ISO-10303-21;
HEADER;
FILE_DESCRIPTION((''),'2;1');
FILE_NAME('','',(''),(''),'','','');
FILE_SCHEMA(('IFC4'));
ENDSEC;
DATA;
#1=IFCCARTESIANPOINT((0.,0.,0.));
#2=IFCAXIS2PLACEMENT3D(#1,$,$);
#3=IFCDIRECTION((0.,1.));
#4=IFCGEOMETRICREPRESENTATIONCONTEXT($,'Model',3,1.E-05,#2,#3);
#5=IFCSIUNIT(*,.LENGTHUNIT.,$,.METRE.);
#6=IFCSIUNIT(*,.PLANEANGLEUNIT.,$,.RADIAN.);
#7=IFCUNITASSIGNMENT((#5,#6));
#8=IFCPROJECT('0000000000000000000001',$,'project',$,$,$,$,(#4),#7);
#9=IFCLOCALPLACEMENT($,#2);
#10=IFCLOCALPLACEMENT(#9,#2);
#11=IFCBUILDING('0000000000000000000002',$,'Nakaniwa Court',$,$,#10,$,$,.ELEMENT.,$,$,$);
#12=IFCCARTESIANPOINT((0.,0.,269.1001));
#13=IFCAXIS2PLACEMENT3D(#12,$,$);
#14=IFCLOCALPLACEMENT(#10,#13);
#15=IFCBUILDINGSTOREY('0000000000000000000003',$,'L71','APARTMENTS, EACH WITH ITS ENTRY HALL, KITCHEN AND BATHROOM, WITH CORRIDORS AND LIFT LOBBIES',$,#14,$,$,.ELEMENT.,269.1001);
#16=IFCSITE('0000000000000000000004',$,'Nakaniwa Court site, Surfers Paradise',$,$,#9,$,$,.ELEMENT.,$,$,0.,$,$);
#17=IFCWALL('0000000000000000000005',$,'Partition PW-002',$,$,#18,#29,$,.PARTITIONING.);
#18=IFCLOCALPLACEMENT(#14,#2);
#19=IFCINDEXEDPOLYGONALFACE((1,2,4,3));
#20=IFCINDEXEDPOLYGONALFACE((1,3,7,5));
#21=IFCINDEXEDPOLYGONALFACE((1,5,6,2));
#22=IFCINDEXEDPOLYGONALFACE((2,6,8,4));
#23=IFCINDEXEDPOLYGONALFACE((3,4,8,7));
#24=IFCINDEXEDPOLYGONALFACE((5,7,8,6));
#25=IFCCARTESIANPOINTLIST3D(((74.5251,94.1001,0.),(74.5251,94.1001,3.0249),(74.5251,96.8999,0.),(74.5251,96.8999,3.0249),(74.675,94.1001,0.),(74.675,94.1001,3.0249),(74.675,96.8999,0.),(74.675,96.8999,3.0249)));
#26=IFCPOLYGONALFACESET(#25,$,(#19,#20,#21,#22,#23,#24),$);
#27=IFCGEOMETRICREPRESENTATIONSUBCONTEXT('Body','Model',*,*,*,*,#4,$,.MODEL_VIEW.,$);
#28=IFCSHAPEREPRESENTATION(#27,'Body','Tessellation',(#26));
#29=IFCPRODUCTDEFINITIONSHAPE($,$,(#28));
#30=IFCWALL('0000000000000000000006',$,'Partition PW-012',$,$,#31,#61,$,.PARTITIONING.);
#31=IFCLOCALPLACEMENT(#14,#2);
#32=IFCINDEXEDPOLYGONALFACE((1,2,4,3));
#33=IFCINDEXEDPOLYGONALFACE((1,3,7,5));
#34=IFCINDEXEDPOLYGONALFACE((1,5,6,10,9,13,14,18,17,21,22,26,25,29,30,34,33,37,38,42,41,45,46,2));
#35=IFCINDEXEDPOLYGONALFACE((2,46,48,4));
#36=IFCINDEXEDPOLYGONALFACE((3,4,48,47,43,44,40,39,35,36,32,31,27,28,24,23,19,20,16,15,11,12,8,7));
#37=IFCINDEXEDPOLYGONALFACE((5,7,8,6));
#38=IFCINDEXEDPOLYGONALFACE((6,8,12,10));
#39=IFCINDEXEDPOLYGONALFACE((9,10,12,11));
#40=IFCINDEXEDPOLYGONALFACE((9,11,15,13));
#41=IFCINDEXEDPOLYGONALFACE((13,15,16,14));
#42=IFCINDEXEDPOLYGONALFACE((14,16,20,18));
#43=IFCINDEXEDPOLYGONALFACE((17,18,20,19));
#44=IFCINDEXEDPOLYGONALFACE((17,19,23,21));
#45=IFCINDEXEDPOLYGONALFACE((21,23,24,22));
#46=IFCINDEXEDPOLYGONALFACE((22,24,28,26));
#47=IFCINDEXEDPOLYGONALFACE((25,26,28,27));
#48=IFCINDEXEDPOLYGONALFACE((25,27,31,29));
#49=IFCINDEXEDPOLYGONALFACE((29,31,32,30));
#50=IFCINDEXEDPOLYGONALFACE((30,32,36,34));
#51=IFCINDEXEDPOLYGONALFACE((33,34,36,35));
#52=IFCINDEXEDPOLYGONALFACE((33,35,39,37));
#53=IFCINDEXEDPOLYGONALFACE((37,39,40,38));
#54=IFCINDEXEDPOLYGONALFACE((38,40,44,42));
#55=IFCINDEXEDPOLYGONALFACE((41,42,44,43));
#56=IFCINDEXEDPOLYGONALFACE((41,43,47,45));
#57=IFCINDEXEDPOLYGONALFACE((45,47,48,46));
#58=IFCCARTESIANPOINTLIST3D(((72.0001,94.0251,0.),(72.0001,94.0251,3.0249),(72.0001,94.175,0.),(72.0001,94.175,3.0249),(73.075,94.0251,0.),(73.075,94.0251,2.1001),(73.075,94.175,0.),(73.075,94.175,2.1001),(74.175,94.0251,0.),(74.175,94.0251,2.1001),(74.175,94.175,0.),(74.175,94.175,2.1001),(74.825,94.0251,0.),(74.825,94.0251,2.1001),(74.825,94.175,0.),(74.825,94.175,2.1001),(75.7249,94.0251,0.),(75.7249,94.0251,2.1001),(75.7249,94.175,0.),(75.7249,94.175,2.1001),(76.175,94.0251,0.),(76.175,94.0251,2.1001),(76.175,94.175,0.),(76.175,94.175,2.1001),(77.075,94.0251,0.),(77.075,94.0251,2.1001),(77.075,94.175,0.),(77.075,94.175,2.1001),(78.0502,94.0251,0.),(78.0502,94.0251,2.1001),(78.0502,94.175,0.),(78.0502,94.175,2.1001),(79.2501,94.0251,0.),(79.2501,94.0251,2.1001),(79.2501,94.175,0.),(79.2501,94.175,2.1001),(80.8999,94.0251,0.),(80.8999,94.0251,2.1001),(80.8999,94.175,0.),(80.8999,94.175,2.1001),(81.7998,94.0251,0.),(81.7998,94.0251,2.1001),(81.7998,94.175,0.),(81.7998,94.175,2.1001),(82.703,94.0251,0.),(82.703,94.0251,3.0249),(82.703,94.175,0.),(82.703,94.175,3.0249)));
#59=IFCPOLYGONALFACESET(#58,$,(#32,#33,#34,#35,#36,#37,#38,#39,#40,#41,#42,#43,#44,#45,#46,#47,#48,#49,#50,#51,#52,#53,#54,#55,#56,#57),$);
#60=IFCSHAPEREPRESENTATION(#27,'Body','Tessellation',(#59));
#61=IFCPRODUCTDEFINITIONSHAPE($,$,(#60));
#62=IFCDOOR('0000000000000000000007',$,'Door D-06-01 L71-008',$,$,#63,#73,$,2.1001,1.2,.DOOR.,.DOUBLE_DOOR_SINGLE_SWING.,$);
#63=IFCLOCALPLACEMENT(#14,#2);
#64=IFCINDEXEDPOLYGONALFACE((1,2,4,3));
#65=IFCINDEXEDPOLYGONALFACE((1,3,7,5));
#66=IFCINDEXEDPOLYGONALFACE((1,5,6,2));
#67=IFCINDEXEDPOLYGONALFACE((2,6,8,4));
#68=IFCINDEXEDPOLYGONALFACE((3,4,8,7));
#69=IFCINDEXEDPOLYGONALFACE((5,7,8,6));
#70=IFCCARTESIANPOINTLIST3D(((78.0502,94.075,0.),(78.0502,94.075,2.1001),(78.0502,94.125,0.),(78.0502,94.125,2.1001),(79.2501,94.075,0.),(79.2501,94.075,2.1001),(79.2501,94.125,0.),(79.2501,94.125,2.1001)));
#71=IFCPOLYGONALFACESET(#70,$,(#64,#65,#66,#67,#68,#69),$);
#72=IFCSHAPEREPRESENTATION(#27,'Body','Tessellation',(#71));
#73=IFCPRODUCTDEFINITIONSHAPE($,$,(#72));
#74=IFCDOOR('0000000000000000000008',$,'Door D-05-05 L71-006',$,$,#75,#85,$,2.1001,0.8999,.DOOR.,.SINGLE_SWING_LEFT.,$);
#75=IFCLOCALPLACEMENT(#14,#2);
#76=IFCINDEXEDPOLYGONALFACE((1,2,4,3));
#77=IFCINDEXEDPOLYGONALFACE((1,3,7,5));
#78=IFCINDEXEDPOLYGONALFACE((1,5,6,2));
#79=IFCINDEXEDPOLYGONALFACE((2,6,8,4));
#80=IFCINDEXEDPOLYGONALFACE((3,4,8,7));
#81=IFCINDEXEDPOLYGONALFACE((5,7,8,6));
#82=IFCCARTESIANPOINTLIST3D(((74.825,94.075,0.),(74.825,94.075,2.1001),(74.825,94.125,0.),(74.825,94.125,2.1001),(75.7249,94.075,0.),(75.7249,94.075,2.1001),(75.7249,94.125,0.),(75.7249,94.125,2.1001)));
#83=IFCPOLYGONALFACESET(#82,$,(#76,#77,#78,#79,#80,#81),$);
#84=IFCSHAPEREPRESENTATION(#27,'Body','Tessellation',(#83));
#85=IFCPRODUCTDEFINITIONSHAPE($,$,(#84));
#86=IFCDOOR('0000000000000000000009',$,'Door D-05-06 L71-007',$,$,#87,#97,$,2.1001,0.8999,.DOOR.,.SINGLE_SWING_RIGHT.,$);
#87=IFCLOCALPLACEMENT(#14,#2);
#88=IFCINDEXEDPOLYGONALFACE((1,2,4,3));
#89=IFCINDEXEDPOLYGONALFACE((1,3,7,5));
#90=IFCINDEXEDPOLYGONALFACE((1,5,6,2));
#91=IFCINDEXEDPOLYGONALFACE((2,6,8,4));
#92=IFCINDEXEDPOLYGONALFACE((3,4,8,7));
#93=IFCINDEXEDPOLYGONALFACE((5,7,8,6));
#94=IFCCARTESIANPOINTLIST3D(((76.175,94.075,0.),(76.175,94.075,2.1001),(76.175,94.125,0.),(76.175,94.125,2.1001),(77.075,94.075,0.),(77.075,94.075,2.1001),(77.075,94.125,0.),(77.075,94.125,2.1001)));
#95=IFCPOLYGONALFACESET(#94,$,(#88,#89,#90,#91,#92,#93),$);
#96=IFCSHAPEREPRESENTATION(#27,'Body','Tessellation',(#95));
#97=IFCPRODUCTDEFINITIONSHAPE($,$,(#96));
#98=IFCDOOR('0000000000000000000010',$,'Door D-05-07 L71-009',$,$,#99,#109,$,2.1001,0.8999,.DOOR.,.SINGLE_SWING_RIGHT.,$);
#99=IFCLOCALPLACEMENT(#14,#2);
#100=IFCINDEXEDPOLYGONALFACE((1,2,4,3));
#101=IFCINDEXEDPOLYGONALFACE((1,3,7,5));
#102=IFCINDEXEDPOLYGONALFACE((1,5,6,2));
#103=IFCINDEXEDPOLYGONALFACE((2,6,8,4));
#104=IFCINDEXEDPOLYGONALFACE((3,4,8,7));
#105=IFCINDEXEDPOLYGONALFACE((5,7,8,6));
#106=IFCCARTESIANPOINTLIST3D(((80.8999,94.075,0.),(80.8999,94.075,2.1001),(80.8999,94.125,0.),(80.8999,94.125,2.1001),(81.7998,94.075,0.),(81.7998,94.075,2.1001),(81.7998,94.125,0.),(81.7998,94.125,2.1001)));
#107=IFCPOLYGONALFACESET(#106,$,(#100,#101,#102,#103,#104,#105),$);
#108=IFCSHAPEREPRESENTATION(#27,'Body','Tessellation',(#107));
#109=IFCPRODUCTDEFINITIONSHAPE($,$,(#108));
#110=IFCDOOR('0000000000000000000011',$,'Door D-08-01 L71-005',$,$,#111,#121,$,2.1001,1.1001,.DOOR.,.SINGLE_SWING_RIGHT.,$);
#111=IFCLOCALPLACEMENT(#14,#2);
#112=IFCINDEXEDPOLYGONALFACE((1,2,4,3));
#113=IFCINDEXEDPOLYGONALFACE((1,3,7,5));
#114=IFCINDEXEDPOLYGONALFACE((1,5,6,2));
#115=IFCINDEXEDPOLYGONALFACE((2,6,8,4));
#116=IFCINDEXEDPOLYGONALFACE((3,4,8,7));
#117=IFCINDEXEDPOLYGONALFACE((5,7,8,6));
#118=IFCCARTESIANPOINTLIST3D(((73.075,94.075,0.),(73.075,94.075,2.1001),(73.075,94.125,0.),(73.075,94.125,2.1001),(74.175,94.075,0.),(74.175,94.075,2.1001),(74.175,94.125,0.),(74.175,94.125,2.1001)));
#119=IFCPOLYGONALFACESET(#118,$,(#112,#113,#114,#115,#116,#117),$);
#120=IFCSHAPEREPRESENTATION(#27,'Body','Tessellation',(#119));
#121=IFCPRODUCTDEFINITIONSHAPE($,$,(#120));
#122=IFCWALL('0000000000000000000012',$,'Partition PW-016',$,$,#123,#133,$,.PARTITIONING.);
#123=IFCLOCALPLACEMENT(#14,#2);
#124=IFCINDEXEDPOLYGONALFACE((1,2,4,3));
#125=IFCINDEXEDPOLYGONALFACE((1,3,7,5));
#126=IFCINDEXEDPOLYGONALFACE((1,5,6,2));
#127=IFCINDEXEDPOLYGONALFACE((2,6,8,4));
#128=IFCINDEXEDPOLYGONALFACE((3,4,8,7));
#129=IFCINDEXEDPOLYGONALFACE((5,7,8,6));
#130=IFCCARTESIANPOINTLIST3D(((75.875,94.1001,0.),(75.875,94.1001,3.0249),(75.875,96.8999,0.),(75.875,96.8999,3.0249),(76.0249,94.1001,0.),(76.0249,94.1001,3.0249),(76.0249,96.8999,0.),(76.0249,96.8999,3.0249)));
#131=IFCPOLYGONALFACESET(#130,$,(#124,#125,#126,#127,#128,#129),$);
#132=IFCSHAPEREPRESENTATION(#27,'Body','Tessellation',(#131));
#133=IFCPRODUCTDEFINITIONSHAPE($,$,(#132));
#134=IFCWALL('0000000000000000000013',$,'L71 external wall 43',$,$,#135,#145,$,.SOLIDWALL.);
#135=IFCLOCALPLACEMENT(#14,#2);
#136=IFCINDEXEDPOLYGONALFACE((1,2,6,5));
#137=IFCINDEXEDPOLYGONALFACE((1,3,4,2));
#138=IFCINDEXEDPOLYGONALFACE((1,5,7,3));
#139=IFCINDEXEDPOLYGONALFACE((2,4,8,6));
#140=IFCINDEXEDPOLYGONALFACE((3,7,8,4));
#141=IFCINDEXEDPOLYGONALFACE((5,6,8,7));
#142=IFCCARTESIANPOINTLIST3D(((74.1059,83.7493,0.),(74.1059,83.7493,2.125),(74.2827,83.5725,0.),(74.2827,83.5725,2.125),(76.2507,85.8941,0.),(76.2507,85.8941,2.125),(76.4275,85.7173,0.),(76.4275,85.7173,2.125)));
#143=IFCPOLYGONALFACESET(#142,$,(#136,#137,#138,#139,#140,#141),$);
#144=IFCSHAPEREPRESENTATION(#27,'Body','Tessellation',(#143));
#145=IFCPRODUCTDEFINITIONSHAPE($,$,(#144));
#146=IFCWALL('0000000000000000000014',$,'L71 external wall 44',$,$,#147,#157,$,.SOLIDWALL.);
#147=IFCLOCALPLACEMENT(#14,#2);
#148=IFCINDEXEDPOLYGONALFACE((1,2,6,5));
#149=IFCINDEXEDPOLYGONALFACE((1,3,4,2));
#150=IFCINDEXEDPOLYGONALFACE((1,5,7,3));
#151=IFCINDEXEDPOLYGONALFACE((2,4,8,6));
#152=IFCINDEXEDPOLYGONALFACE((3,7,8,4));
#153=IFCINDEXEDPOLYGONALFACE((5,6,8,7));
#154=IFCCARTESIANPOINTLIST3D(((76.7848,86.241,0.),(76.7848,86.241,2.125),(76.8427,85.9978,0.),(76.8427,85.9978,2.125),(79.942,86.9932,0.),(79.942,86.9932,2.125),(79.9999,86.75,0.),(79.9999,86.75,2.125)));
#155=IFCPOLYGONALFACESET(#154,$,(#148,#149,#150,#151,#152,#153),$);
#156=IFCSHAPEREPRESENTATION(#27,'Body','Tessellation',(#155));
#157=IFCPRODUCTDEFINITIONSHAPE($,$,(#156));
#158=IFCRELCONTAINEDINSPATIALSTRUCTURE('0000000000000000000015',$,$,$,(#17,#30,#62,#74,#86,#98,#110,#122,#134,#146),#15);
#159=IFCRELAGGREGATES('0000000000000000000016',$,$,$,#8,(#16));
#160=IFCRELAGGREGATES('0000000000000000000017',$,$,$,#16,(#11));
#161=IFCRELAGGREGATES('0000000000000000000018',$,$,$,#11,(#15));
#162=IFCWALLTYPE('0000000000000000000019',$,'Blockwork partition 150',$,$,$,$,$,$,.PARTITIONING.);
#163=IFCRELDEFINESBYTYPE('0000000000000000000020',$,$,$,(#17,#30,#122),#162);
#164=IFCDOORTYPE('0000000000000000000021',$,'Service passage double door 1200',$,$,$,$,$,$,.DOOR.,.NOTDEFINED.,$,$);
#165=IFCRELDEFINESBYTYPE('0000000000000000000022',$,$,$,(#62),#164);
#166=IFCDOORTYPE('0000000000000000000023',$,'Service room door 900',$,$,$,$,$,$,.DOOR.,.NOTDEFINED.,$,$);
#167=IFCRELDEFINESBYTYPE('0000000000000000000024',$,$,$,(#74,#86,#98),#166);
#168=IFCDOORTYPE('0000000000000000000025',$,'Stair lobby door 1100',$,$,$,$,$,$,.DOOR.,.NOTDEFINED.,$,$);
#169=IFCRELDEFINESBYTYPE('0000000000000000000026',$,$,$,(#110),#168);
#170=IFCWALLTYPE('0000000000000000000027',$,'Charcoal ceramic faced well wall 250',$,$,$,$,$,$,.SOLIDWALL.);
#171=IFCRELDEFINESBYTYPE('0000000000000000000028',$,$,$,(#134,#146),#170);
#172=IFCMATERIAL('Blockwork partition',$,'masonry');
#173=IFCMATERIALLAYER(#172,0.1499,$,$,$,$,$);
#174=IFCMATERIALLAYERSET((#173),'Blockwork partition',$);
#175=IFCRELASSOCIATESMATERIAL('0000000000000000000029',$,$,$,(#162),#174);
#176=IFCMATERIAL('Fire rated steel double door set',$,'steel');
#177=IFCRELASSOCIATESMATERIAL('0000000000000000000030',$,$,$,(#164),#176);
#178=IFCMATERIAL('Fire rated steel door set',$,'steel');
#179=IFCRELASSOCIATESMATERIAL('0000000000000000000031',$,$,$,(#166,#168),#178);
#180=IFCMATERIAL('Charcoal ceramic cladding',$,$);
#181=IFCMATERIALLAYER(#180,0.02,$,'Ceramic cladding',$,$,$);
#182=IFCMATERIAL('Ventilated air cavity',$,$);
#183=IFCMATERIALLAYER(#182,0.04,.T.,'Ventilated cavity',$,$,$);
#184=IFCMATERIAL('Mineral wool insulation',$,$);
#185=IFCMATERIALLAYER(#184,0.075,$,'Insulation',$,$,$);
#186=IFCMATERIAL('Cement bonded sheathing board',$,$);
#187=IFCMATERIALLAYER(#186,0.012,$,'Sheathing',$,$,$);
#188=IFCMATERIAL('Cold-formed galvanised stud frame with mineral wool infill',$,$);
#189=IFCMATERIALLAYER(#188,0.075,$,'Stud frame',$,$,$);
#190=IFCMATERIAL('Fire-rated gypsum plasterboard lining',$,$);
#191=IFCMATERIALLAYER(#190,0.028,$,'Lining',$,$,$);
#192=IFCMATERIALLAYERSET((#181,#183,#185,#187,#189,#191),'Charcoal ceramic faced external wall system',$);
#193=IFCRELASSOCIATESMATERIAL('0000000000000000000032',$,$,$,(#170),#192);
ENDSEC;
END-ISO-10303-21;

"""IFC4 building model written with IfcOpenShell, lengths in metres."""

from ifc_helpers import new_model, si_unit, direction, frame, frame_2d, origin, place, context, subcontext, project, spatial, rectangle, extrude, material, layer, layer_set, type_object, element, fill, save


model = new_model("IFC4")

# Units and contexts
model_context = context("Model", 3, precision=1e-05, world=origin(), true_north=direction((0.0, 1.0)))
body_context = subcontext(model_context, "Body", "Model", "MODEL_VIEW")
ifc_project = project(units=[si_unit("LENGTHUNIT", "METRE"), si_unit("PLANEANGLEUNIT", "RADIAN")], contexts=[model_context])

# Site, building, storey
site_placement = place(None, origin())
site = spatial("IfcSite", under=ifc_project, at=site_placement, Name="Nakaniwa Court site, Surfers Paradise", CompositionType="ELEMENT", RefElevation=0.0)
building_placement = place(site_placement, origin())
building = spatial("IfcBuilding", under=site, at=building_placement, Name="Nakaniwa Court", CompositionType="ELEMENT")
storey_placement = place(building_placement, frame((0.0, 0.0, 269.1001)))
storey = spatial("IfcBuildingStorey", under=building, at=storey_placement, Name="L71", Description="APARTMENTS, EACH WITH ITS ENTRY HALL, KITCHEN AND BATHROOM, WITH CORRIDORS AND LIFT LOBBIES", CompositionType="ELEMENT", Elevation=269.1001)

# Wall
ifc_material_1 = material(Name="Blockwork partition", Category="masonry")
ifc_layer_1 = layer(ifc_material_1, 0.1499)
ifc_layer_set_1 = layer_set([ifc_layer_1], Name="Blockwork partition")
wall_type_1 = type_object("IfcWallType", Name="Blockwork partition 150", PredefinedType="PARTITIONING", material=ifc_layer_set_1)
wall_1_placement = place(storey_placement, frame((74.6001, 94.1001, 0.0), z_axis=(0.0, 0.0, 1.0), x_axis=(0.0, 1.0, 0.0)))
element("IfcWall", 1, at=wall_1_placement, inside=storey, type_object=wall_type_1, Name="Partition PW-002", PredefinedType="PARTITIONING", context=body_context, shape_type="SweptSolid", body=[
    extrude(rectangle(XDim=2.7998, YDim=0.1499, at=frame_2d((1.3999, 0.0))), origin(), (0.0, 0.0, 1.0), 3.0249),
])

# Wall, openings, doors
wall_2_placement = place(storey_placement, frame((72.0, 94.1001, 0.0), z_axis=(0.0, 0.0, 1.0), x_axis=(1.0, 0.0, 0.0)))
wall_2 = element("IfcWall", 2, at=wall_2_placement, inside=storey, type_object=wall_type_1, Name="Partition PW-012", PredefinedType="PARTITIONING", context=body_context, shape_type="SweptSolid", body=[
    extrude(rectangle(XDim=10.7029, YDim=0.1499, at=frame_2d((5.3516, 0.0))), origin(), (0.0, 0.0, 1.0), 3.0249),
])
opening_1_placement = place(wall_2_placement, frame((1.075, 0.0, 0.0)))
opening_1 = element("IfcOpeningElement", 3, at=opening_1_placement, cuts=wall_2, PredefinedType="OPENING", context=body_context, shape_type="SweptSolid", body=[
    extrude(rectangle(XDim=1.1001, YDim=2.1001, at=frame_2d((0.55, 1.05))), frame((0.0, 0.085, 0.0), z_axis=(0.0, -1.0, 0.0), x_axis=(1.0, 0.0, 0.0)), (0.0, 0.0, 1.0), 0.1699),
])
opening_2_placement = place(wall_2_placement, frame((2.825, 0.0, 0.0)))
opening_2 = element("IfcOpeningElement", 4, at=opening_2_placement, cuts=wall_2, PredefinedType="OPENING", context=body_context, shape_type="SweptSolid", body=[
    extrude(rectangle(XDim=0.8999, YDim=2.1001, at=frame_2d((0.45, 1.05))), frame((0.0, 0.085, 0.0), z_axis=(0.0, -1.0, 0.0), x_axis=(1.0, 0.0, 0.0)), (0.0, 0.0, 1.0), 0.1699),
])
opening_3_placement = place(wall_2_placement, frame((4.175, 0.0, 0.0)))
opening_3 = element("IfcOpeningElement", 5, at=opening_3_placement, cuts=wall_2, PredefinedType="OPENING", context=body_context, shape_type="SweptSolid", body=[
    extrude(rectangle(XDim=0.8999, YDim=2.1001, at=frame_2d((0.45, 1.05))), frame((0.0, 0.085, 0.0), z_axis=(0.0, -1.0, 0.0), x_axis=(1.0, 0.0, 0.0)), (0.0, 0.0, 1.0), 0.1699),
])
opening_4_placement = place(wall_2_placement, frame((6.05, 0.0, 0.0)))
opening_4 = element("IfcOpeningElement", 6, at=opening_4_placement, cuts=wall_2, PredefinedType="OPENING", context=body_context, shape_type="SweptSolid", body=[
    extrude(rectangle(XDim=1.2, YDim=2.1001, at=frame_2d((0.6001, 1.05))), frame((0.0, 0.085, 0.0), z_axis=(0.0, -1.0, 0.0), x_axis=(1.0, 0.0, 0.0)), (0.0, 0.0, 1.0), 0.1699),
])
opening_5_placement = place(wall_2_placement, frame((8.8999, 0.0, 0.0)))
opening_5 = element("IfcOpeningElement", 7, at=opening_5_placement, cuts=wall_2, PredefinedType="OPENING", context=body_context, shape_type="SweptSolid", body=[
    extrude(rectangle(XDim=0.8999, YDim=2.1001, at=frame_2d((0.45, 1.05))), frame((0.0, 0.085, 0.0), z_axis=(0.0, -1.0, 0.0), x_axis=(1.0, 0.0, 0.0)), (0.0, 0.0, 1.0), 0.1699),
])
ifc_material_2 = material(Name="Fire rated steel double door set", Category="steel")
door_type_1 = type_object("IfcDoorType", Name="Service passage double door 1200", OperationType="NOTDEFINED", PredefinedType="DOOR", material=ifc_material_2)
door_1_placement = place(opening_4_placement, origin())
door_1 = element("IfcDoor", 8, at=door_1_placement, inside=storey, type_object=door_type_1, Name="Door D-06-01 L71-008", OperationType="DOUBLE_DOOR_SINGLE_SWING", OverallHeight=2.1001, OverallWidth=1.2, PredefinedType="DOOR", context=body_context, shape_type="SweptSolid", body=[
    extrude(rectangle(XDim=1.2, YDim=2.1001, at=frame_2d((0.6001, 1.05))), frame((0.0, 0.0249, 0.0), z_axis=(0.0, -1.0, 0.0), x_axis=(1.0, 0.0, 0.0)), (0.0, 0.0, 1.0), 0.05),
])
fill(opening_4, door_1)
ifc_material_3 = material(Name="Fire rated steel door set", Category="steel")
door_type_2 = type_object("IfcDoorType", Name="Service room door 900", OperationType="NOTDEFINED", PredefinedType="DOOR", material=ifc_material_3)
door_2_placement = place(opening_2_placement, origin())
door_2 = element("IfcDoor", 9, at=door_2_placement, inside=storey, type_object=door_type_2, Name="Door D-05-05 L71-006", OperationType="SINGLE_SWING_LEFT", OverallHeight=2.1001, OverallWidth=0.8999, PredefinedType="DOOR", context=body_context, shape_type="SweptSolid", body=[
    extrude(rectangle(XDim=0.8999, YDim=2.1001, at=frame_2d((0.45, 1.05))), frame((0.0, 0.0249, 0.0), z_axis=(0.0, -1.0, 0.0), x_axis=(1.0, 0.0, 0.0)), (0.0, 0.0, 1.0), 0.05),
])
fill(opening_2, door_2)
door_3_placement = place(opening_3_placement, origin())
door_3 = element("IfcDoor", 10, at=door_3_placement, inside=storey, type_object=door_type_2, Name="Door D-05-06 L71-007", OperationType="SINGLE_SWING_RIGHT", OverallHeight=2.1001, OverallWidth=0.8999, PredefinedType="DOOR", context=body_context, shape_type="SweptSolid", body=[
    extrude(rectangle(XDim=0.8999, YDim=2.1001, at=frame_2d((0.45, 1.05))), frame((0.0, 0.0249, 0.0), z_axis=(0.0, -1.0, 0.0), x_axis=(1.0, 0.0, 0.0)), (0.0, 0.0, 1.0), 0.05),
])
fill(opening_3, door_3)
door_4_placement = place(opening_5_placement, origin())
door_4 = element("IfcDoor", 11, at=door_4_placement, inside=storey, type_object=door_type_2, Name="Door D-05-07 L71-009", OperationType="SINGLE_SWING_RIGHT", OverallHeight=2.1001, OverallWidth=0.8999, PredefinedType="DOOR", context=body_context, shape_type="SweptSolid", body=[
    extrude(rectangle(XDim=0.8999, YDim=2.1001, at=frame_2d((0.45, 1.05))), frame((0.0, 0.0249, 0.0), z_axis=(0.0, -1.0, 0.0), x_axis=(1.0, 0.0, 0.0)), (0.0, 0.0, 1.0), 0.05),
])
fill(opening_5, door_4)
door_type_3 = type_object("IfcDoorType", Name="Stair lobby door 1100", OperationType="NOTDEFINED", PredefinedType="DOOR", material=ifc_material_3)
door_5_placement = place(opening_1_placement, origin())
door_5 = element("IfcDoor", 12, at=door_5_placement, inside=storey, type_object=door_type_3, Name="Door D-08-01 L71-005", OperationType="SINGLE_SWING_RIGHT", OverallHeight=2.1001, OverallWidth=1.1001, PredefinedType="DOOR", context=body_context, shape_type="SweptSolid", body=[
    extrude(rectangle(XDim=1.1001, YDim=2.1001, at=frame_2d((0.55, 1.05))), frame((0.0, 0.0249, 0.0), z_axis=(0.0, -1.0, 0.0), x_axis=(1.0, 0.0, 0.0)), (0.0, 0.0, 1.0), 0.05),
])
fill(opening_1, door_5)

# Walls
wall_3_placement = place(storey_placement, frame((75.95, 94.1001, 0.0), z_axis=(0.0, 0.0, 1.0), x_axis=(0.0, 1.0, 0.0)))
element("IfcWall", 13, at=wall_3_placement, inside=storey, type_object=wall_type_1, Name="Partition PW-016", PredefinedType="PARTITIONING", context=body_context, shape_type="SweptSolid", body=[
    extrude(rectangle(XDim=2.7998, YDim=0.1499, at=frame_2d((1.3999, 0.0))), origin(), (0.0, 0.0, 1.0), 3.0249),
])
ifc_material_4 = material(Name="Charcoal ceramic cladding")
ifc_layer_2 = layer(ifc_material_4, 0.02, Name="Ceramic cladding")
ifc_material_5 = material(Name="Ventilated air cavity")
ifc_layer_3 = layer(ifc_material_5, 0.04, ventilated=True, Name="Ventilated cavity")
ifc_material_6 = material(Name="Mineral wool insulation")
ifc_layer_4 = layer(ifc_material_6, 0.075, Name="Insulation")
ifc_material_7 = material(Name="Cement bonded sheathing board")
ifc_layer_5 = layer(ifc_material_7, 0.012, Name="Sheathing")
ifc_material_8 = material(Name="Cold-formed galvanised stud frame with mineral wool infill")
ifc_layer_6 = layer(ifc_material_8, 0.075, Name="Stud frame")
ifc_material_9 = material(Name="Fire-rated gypsum plasterboard lining")
ifc_layer_7 = layer(ifc_material_9, 0.028, Name="Lining")
ifc_layer_set_2 = layer_set([ifc_layer_2, ifc_layer_3, ifc_layer_4, ifc_layer_5, ifc_layer_6, ifc_layer_7], Name="Charcoal ceramic faced external wall system")
wall_type_2 = type_object("IfcWallType", Name="Charcoal ceramic faced well wall 250", PredefinedType="SOLIDWALL", material=ifc_layer_set_2)
wall_4_placement = place(storey_placement, frame((74.1943, 83.6609, 0.0), z_axis=(0.0, 0.0, 1.0), x_axis=(0.707107, 0.707107, 0.0)))
element("IfcWall", 14, at=wall_4_placement, inside=storey, type_object=wall_type_2, Name="L71 external wall 43", PredefinedType="SOLIDWALL", context=body_context, shape_type="SweptSolid", body=[
    extrude(rectangle(XDim=3.0332, YDim=0.25, at=frame_2d((1.5166, 0.0))), origin(), (0.0, 0.0, 1.0), 2.125),
])
wall_5_placement = place(storey_placement, frame((76.8137, 86.1194, 0.0), z_axis=(0.0, 0.0, 1.0), x_axis=(0.972773, 0.23176, 0.0)))
element("IfcWall", 15, at=wall_5_placement, inside=storey, type_object=wall_type_2, Name="L71 external wall 44", PredefinedType="SOLIDWALL", context=body_context, shape_type="SweptSolid", body=[
    extrude(rectangle(XDim=3.2456, YDim=0.25, at=frame_2d((1.6228, 0.0))), origin(), (0.0, 0.0, 1.0), 2.125),
])

save(model, "model.ifc")
